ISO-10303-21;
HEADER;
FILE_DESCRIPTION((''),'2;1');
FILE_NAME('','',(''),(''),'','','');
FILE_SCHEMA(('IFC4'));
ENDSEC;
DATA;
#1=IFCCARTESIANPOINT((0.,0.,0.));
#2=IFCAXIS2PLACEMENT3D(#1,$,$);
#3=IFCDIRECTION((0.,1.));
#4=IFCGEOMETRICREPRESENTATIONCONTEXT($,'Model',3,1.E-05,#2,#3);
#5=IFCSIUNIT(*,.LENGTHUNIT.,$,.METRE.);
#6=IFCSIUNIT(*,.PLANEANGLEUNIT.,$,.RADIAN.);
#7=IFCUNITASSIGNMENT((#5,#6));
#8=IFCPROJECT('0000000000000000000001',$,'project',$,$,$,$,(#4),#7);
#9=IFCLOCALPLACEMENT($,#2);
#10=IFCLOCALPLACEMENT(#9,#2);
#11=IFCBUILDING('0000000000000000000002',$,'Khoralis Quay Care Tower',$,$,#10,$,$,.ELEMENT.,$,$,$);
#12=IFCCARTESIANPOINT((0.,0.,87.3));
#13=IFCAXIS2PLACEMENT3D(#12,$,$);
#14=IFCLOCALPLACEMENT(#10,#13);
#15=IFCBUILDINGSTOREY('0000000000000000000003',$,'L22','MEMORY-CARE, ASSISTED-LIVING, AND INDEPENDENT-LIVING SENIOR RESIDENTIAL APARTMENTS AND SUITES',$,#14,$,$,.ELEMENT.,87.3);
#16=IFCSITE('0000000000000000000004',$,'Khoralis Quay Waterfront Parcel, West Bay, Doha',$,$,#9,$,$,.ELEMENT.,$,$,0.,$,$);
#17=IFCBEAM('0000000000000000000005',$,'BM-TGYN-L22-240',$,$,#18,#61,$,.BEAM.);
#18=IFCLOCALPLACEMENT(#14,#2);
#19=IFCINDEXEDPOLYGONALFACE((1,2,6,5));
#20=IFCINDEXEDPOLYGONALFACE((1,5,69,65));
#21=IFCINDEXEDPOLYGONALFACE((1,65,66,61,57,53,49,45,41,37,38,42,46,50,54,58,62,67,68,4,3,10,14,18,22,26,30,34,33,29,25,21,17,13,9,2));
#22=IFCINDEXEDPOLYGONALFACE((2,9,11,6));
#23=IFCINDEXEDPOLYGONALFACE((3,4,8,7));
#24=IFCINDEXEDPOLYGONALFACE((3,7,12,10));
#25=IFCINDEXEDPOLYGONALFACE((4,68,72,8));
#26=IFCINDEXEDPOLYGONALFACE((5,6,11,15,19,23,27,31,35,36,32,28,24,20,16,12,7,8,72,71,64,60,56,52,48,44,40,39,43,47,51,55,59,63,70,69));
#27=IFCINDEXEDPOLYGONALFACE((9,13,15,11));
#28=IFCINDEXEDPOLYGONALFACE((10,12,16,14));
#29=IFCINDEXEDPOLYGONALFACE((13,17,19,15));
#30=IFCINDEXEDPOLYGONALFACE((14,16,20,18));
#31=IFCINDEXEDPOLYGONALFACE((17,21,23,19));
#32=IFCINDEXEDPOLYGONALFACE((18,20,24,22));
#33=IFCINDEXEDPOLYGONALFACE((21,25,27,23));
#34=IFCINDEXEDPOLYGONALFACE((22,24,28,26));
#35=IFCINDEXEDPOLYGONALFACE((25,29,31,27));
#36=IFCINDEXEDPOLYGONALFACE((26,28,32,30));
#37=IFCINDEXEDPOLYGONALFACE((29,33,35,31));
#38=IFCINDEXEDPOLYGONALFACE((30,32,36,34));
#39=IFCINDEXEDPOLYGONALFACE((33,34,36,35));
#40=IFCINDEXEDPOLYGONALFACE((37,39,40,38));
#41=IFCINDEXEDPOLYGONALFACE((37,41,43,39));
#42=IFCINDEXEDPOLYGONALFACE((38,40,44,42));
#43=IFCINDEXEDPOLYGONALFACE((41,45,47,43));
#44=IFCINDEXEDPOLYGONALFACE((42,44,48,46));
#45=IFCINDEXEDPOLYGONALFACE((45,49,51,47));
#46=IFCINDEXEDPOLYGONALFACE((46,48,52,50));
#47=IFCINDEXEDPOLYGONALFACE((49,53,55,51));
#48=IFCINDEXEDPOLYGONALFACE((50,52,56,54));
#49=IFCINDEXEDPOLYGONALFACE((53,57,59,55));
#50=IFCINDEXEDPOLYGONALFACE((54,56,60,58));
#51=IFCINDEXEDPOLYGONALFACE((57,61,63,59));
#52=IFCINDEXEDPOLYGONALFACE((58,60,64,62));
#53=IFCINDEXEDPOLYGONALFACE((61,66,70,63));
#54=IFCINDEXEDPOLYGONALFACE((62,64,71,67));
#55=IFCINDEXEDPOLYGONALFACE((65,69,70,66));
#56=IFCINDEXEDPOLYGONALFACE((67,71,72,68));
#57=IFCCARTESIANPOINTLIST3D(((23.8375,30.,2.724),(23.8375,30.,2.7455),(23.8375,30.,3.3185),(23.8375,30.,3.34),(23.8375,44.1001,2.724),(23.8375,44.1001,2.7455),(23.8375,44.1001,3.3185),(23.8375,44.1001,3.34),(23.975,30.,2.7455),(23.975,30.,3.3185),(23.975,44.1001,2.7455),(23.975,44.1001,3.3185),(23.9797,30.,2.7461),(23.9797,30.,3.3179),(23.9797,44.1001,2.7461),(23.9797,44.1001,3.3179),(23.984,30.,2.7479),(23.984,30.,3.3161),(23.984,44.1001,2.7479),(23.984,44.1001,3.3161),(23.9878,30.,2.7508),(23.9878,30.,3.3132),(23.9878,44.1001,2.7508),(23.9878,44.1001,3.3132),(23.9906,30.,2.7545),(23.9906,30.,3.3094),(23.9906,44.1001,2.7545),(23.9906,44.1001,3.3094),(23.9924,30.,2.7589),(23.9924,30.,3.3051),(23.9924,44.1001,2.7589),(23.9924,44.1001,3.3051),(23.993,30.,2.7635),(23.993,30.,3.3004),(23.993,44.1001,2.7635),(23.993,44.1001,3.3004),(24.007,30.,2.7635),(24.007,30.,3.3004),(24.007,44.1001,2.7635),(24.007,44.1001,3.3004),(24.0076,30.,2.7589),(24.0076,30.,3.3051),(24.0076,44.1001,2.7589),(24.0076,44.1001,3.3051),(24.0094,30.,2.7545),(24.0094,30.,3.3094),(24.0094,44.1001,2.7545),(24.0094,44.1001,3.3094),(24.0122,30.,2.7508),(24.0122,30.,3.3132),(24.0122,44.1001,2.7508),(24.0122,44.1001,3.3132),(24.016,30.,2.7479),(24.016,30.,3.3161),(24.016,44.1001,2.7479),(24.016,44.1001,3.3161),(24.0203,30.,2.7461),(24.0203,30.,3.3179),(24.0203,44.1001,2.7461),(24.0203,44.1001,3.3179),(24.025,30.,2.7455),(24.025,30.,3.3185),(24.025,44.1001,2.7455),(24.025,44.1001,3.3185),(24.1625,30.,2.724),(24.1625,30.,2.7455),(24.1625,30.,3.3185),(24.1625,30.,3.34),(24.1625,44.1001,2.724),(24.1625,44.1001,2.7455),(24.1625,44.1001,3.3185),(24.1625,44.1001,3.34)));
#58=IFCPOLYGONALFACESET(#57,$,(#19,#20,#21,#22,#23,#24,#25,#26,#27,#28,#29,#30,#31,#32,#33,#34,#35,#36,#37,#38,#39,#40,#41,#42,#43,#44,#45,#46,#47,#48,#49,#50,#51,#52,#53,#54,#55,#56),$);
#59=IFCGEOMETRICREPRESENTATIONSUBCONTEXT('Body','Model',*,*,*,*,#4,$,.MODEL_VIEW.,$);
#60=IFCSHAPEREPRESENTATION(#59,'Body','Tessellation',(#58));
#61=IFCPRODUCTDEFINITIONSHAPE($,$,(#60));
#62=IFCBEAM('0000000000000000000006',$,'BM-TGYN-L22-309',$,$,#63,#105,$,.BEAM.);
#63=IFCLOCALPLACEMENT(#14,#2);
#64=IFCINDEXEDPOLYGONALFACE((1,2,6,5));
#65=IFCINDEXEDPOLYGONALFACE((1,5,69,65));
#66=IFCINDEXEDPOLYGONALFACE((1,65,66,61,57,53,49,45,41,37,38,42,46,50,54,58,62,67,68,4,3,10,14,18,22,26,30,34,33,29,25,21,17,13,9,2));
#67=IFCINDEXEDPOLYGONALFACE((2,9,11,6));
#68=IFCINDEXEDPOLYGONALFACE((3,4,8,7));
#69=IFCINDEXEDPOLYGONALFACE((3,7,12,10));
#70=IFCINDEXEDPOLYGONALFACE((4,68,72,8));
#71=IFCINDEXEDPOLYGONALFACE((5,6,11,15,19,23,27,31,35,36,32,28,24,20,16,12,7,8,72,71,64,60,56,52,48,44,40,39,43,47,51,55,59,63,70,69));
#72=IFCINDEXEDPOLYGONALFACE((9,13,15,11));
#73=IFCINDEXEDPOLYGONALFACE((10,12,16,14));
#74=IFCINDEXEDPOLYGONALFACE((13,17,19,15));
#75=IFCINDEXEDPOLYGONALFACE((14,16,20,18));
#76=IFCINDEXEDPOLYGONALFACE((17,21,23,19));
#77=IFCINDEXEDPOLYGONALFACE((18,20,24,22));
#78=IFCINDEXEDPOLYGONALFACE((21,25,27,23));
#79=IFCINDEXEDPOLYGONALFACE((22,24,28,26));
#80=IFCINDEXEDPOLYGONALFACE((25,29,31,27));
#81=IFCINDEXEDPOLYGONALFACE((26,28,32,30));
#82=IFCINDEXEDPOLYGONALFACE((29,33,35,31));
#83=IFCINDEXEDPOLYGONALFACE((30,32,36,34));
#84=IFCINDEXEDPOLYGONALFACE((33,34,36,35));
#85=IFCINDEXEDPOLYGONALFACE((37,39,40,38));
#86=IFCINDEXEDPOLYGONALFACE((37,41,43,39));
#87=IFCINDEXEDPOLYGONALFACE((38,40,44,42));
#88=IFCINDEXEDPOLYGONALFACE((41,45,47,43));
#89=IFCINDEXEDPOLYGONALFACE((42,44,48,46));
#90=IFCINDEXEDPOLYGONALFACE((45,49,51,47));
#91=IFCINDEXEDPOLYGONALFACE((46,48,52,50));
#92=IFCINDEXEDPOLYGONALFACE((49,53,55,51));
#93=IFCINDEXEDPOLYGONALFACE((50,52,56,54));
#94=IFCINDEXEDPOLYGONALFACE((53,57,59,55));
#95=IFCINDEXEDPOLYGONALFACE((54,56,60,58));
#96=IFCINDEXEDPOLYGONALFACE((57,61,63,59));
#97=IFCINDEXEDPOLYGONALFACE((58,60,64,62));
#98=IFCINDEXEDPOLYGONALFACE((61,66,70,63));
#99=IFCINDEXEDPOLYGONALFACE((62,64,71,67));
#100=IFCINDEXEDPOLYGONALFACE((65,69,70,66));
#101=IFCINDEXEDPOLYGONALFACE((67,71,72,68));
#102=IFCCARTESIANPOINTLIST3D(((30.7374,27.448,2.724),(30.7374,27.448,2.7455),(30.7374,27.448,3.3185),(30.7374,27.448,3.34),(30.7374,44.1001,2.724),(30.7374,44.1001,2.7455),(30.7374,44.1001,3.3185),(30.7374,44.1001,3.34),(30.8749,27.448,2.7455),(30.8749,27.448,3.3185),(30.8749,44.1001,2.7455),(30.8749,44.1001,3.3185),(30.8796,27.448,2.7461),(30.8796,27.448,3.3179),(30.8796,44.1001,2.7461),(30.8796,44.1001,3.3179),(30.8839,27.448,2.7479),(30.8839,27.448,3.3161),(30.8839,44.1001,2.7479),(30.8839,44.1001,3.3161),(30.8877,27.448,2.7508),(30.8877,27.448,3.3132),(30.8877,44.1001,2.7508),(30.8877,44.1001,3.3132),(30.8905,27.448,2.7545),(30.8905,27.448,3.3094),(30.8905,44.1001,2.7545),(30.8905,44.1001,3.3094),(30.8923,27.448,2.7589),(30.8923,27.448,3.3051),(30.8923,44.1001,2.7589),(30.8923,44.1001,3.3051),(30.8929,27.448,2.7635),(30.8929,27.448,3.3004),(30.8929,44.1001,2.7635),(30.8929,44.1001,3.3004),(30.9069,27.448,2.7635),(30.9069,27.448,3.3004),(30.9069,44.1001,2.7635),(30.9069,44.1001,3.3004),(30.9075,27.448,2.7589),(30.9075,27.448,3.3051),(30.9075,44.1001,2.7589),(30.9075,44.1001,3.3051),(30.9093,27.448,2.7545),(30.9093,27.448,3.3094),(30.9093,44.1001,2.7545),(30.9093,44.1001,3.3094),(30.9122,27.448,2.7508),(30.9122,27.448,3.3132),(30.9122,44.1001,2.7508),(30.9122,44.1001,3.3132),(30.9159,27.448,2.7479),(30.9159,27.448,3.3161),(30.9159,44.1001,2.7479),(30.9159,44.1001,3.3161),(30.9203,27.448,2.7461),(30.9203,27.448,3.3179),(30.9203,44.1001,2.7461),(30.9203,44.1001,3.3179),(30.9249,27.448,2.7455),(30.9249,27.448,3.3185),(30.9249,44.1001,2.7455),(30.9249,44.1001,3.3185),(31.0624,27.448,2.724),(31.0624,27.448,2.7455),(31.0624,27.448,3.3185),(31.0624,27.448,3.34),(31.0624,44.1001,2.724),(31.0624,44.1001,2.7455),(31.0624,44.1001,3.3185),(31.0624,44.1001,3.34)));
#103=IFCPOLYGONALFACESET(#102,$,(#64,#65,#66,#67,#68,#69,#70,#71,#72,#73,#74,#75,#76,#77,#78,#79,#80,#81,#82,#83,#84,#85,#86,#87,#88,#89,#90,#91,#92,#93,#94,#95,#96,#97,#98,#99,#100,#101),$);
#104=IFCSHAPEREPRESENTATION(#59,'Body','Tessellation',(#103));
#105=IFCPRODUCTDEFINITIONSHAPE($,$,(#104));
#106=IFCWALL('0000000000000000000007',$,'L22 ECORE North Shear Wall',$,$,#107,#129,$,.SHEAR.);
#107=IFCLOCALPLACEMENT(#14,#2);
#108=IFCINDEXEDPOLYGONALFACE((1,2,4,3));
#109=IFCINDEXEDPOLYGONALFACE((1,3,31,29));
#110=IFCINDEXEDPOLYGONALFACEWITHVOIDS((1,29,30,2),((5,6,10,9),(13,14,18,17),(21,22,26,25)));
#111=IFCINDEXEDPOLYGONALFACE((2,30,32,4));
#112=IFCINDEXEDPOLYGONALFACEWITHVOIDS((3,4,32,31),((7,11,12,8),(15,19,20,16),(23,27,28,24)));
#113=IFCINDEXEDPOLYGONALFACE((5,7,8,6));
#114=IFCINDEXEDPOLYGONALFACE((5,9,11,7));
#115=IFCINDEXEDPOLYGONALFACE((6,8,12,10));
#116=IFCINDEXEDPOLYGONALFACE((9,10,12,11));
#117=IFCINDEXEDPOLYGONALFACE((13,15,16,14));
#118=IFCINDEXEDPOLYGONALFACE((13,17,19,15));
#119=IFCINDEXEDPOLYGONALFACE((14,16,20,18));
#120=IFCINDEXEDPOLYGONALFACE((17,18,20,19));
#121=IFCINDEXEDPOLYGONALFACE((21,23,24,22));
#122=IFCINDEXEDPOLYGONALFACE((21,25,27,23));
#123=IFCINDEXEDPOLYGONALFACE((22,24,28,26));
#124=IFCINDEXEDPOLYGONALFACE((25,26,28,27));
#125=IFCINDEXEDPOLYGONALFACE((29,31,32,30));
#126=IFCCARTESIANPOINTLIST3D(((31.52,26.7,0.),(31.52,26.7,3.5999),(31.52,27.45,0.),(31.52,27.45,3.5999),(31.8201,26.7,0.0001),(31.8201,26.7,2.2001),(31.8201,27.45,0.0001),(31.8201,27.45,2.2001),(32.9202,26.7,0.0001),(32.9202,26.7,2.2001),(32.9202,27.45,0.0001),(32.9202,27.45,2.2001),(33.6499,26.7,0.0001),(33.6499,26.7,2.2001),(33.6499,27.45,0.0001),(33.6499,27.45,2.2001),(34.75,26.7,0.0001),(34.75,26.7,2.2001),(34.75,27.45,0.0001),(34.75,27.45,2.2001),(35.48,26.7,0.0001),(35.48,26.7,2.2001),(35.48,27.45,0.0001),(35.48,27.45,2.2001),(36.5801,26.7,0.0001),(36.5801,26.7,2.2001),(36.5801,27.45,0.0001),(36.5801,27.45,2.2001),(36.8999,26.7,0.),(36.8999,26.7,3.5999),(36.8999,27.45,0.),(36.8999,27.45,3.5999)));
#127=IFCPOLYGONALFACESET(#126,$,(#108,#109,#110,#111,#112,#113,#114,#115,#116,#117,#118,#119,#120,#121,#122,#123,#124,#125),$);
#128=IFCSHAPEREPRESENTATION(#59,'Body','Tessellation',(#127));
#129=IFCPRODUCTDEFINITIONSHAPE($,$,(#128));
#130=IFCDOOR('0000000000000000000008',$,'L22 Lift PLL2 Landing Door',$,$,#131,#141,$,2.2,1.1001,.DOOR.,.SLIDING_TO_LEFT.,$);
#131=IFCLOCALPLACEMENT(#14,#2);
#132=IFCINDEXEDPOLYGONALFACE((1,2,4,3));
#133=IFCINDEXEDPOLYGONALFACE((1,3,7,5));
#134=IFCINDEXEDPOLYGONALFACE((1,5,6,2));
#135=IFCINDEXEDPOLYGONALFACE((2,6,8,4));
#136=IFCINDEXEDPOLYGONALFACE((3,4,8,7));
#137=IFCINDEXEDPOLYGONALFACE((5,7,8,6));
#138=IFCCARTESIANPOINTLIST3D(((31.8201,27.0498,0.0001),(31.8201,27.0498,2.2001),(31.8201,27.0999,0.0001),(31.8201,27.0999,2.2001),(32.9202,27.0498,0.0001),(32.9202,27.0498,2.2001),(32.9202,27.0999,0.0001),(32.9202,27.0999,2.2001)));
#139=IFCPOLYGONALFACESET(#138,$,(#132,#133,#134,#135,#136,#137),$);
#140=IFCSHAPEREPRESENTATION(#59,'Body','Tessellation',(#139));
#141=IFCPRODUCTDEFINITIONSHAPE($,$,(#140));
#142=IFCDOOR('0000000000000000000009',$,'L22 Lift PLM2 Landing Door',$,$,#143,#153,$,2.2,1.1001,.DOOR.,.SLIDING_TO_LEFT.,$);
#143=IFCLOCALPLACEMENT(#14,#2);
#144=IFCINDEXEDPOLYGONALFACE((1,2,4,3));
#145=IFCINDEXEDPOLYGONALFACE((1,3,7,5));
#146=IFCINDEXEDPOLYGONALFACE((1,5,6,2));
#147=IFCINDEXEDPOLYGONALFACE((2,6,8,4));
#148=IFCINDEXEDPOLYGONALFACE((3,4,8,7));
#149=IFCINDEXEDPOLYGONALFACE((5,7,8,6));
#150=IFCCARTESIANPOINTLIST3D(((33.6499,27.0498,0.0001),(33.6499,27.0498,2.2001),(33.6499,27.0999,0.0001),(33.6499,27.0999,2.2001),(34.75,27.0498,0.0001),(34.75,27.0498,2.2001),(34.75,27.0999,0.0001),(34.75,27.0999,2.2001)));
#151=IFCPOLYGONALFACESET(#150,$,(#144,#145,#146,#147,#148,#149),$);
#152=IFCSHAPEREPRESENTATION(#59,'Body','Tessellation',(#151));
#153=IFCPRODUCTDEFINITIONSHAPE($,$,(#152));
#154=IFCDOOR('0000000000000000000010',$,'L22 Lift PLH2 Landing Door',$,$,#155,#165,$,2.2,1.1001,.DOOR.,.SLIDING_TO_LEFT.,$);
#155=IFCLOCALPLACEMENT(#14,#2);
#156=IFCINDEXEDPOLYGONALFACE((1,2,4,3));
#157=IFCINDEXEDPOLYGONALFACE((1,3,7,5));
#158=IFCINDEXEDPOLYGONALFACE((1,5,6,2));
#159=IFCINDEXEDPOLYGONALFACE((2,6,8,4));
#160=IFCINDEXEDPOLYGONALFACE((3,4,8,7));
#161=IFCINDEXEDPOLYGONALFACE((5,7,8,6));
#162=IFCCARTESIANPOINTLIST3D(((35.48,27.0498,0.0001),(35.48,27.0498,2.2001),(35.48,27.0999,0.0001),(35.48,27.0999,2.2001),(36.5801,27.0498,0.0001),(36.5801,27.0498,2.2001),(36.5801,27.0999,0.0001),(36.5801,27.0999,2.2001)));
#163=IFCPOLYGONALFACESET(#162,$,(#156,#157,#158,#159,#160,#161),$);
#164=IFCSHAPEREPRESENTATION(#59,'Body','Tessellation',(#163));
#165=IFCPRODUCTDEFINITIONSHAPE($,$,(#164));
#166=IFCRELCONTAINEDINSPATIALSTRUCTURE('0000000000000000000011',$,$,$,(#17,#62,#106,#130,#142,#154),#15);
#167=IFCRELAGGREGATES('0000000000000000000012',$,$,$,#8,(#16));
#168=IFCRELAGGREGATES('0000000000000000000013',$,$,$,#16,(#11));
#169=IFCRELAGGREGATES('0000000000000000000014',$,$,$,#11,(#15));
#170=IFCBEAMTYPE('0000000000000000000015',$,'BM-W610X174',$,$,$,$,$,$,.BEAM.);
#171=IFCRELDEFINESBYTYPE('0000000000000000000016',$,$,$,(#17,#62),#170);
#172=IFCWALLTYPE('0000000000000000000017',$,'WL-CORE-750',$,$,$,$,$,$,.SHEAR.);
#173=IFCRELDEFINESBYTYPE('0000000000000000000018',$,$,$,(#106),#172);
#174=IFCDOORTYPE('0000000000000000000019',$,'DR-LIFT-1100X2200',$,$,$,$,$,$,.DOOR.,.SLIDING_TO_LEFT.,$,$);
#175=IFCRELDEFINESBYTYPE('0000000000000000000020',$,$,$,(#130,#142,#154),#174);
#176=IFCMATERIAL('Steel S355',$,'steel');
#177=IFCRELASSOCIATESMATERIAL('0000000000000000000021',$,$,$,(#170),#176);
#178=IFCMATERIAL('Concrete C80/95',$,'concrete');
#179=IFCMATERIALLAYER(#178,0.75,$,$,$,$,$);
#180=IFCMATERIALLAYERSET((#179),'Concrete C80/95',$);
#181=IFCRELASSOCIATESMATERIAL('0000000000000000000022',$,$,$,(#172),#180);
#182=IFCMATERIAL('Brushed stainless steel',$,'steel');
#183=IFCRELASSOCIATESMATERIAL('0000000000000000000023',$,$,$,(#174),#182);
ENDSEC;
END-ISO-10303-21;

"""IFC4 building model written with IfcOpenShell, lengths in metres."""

from ifc_helpers import new_model, si_unit, direction, frame, frame_2d, origin, origin_2d, place, context, subcontext, project, spatial, rectangle, i_section, extrude, source, transform, mapped, material, layer, layer_set, material_profile, profile_set, type_object, element, fill, save


model = new_model("IFC4")

# Units and contexts
model_context = context("Model", 3, precision=1e-05, world=origin(), true_north=direction((0.0, 1.0)))
body_context = subcontext(model_context, "Body", "Model", "MODEL_VIEW")
ifc_project = project(units=[si_unit("LENGTHUNIT", "METRE"), si_unit("PLANEANGLEUNIT", "RADIAN")], contexts=[model_context])

# Site, building, storey
site_placement = place(None, origin())
site = spatial("IfcSite", under=ifc_project, at=site_placement, Name="Khoralis Quay Waterfront Parcel, West Bay, Doha", CompositionType="ELEMENT", RefElevation=0.0)
building_placement = place(site_placement, origin())
building = spatial("IfcBuilding", under=site, at=building_placement, Name="Khoralis Quay Care Tower", CompositionType="ELEMENT")
storey_placement = place(building_placement, frame((0.0, 0.0, 87.3)))
storey = spatial("IfcBuildingStorey", under=building, at=storey_placement, Name="L22", Description="MEMORY-CARE, ASSISTED-LIVING, AND INDEPENDENT-LIVING SENIOR RESIDENTIAL APARTMENTS AND SUITES", CompositionType="ELEMENT", Elevation=87.3)

# Beams
ifc_material_1 = material(Name="Steel S355", Category="steel")
ifc_material_profile_1 = material_profile(ifc_material_1, i_section(OverallWidth=0.325, OverallDepth=0.616, WebThickness=0.0139, FlangeThickness=0.0215, FilletRadius=0.0181, at=origin_2d()), Name="Steel S355")
ifc_profile_set_1 = profile_set([ifc_material_profile_1], Name="Steel S355")
beam_type_1 = type_object("IfcBeamType", Name="BM-W610X174", PredefinedType="BEAM", material=ifc_profile_set_1)
shared_shape_1 = source(origin(), body_context, "Body", "SweptSolid", [
    extrude(i_section(OverallWidth=0.325, OverallDepth=0.616, WebThickness=0.0139, FlangeThickness=0.0215, FilletRadius=0.0181, at=origin_2d()), origin(), (0.0, 0.0, 1.0), 14.1001),
])
for number, where, z_axis, x_axis, name in (
    (1, (24.0, 30.0, 3.032), (0.0, 1.0, 0.0), (-1.0, 0.0, 0.0), "BM-TGYN-L22-240"),
):
    element("IfcBeam", number, at=place(storey_placement, frame(where, z_axis=z_axis, x_axis=x_axis)), inside=storey, type_object=beam_type_1, Name=name, PredefinedType="BEAM", context=body_context, shape_type="MappedRepresentation", body=[
        mapped(shared_shape_1, transform((0.0, 0.0, 0.0), scale=1.0)),
    ])
shared_shape_2 = source(origin(), body_context, "Body", "SweptSolid", [
    extrude(i_section(OverallWidth=0.325, OverallDepth=0.616, WebThickness=0.0139, FlangeThickness=0.0215, FilletRadius=0.0181, at=origin_2d()), origin(), (0.0, 0.0, 1.0), 16.6521),
])
beam_1_placement = place(storey_placement, frame((30.8999, 27.448, 3.032), z_axis=(0.0, 1.0, 0.0), x_axis=(-1.0, 0.0, 0.0)))
element("IfcBeam", 2, at=beam_1_placement, inside=storey, type_object=beam_type_1, Name="BM-TGYN-L22-309", PredefinedType="BEAM", context=body_context, shape_type="MappedRepresentation", body=[
    mapped(shared_shape_2, transform((0.0, 0.0, 0.0), scale=1.0)),
])

# Wall, openings, doors
ifc_material_2 = material(Name="Concrete C80/95", Category="concrete")
ifc_layer_1 = layer(ifc_material_2, 0.75)
ifc_layer_set_1 = layer_set([ifc_layer_1], Name="Concrete C80/95")
wall_type_1 = type_object("IfcWallType", Name="WL-CORE-750", PredefinedType="SHEAR", material=ifc_layer_set_1)
wall_1_placement = place(storey_placement, frame((31.52, 27.075, 0.0), z_axis=(0.0, 0.0, 1.0), x_axis=(1.0, 0.0, 0.0)))
wall_1 = element("IfcWall", 3, at=wall_1_placement, inside=storey, type_object=wall_type_1, Name="L22 ECORE North Shear Wall", PredefinedType="SHEAR", context=body_context, shape_type="SweptSolid", body=[
    extrude(rectangle(XDim=5.3799, YDim=0.75, at=frame_2d((2.6899, 0.0))), origin(), (0.0, 0.0, 1.0), 3.5999),
])
opening_1_placement = place(wall_1_placement, frame((0.3, 0.0, 0.0)))
opening_1 = element("IfcOpeningElement", 4, at=opening_1_placement, cuts=wall_1, PredefinedType="OPENING", context=body_context, shape_type="SweptSolid", body=[
    extrude(rectangle(XDim=1.1001, YDim=2.2, at=frame_2d((0.55, 1.1001))), frame((0.0, 0.385, 0.0), z_axis=(0.0, -1.0, 0.0), x_axis=(1.0, 0.0, 0.0)), (0.0, 0.0, 1.0), 0.77),
])
opening_2_placement = place(wall_1_placement, frame((2.1299, 0.0, 0.0)))
opening_2 = element("IfcOpeningElement", 5, at=opening_2_placement, cuts=wall_1, PredefinedType="OPENING", context=body_context, shape_type="SweptSolid", body=[
    extrude(rectangle(XDim=1.1001, YDim=2.2, at=frame_2d((0.55, 1.1001))), frame((0.0, 0.385, 0.0), z_axis=(0.0, -1.0, 0.0), x_axis=(1.0, 0.0, 0.0)), (0.0, 0.0, 1.0), 0.77),
])
opening_3_placement = place(wall_1_placement, frame((3.96, 0.0, 0.0)))
opening_3 = element("IfcOpeningElement", 6, at=opening_3_placement, cuts=wall_1, PredefinedType="OPENING", context=body_context, shape_type="SweptSolid", body=[
    extrude(rectangle(XDim=1.1001, YDim=2.2, at=frame_2d((0.55, 1.1001))), frame((0.0, 0.385, 0.0), z_axis=(0.0, -1.0, 0.0), x_axis=(1.0, 0.0, 0.0)), (0.0, 0.0, 1.0), 0.77),
])
ifc_material_3 = material(Name="Brushed stainless steel", Category="steel")
door_type_1 = type_object("IfcDoorType", Name="DR-LIFT-1100X2200", OperationType="SLIDING_TO_LEFT", PredefinedType="DOOR", material=ifc_material_3)
shared_shape_3 = source(origin(), body_context, "Body", "SweptSolid", [
    extrude(rectangle(XDim=1.1001, YDim=2.2, at=frame_2d((0.55, 1.1001))), frame((0.0, 0.0249, 0.0), z_axis=(0.0, -1.0, 0.0), x_axis=(1.0, 0.0, 0.0)), (0.0, 0.0, 1.0), 0.05),
])
door_1_placement = place(opening_1_placement, origin())
door_1 = element("IfcDoor", 7, at=door_1_placement, inside=storey, type_object=door_type_1, Name="L22 Lift PLL2 Landing Door", OperationType="SLIDING_TO_LEFT", OverallHeight=2.2, OverallWidth=1.1001, PredefinedType="DOOR", context=body_context, shape_type="MappedRepresentation", body=[
    mapped(shared_shape_3, transform((0.0, 0.0, 0.0), scale=1.0)),
])
fill(opening_1, door_1)
door_2_placement = place(opening_2_placement, origin())
door_2 = element("IfcDoor", 8, at=door_2_placement, inside=storey, type_object=door_type_1, Name="L22 Lift PLM2 Landing Door", OperationType="SLIDING_TO_LEFT", OverallHeight=2.2, OverallWidth=1.1001, PredefinedType="DOOR", context=body_context, shape_type="MappedRepresentation", body=[
    mapped(shared_shape_3, transform((0.0, 0.0, 0.0), scale=1.0)),
])
fill(opening_2, door_2)
door_3_placement = place(opening_3_placement, origin())
door_3 = element("IfcDoor", 9, at=door_3_placement, inside=storey, type_object=door_type_1, Name="L22 Lift PLH2 Landing Door", OperationType="SLIDING_TO_LEFT", OverallHeight=2.2, OverallWidth=1.1001, PredefinedType="DOOR", context=body_context, shape_type="MappedRepresentation", body=[
    mapped(shared_shape_3, transform((0.0, 0.0, 0.0), scale=1.0)),
])
fill(opening_3, door_3)

save(model, "model.ifc")
